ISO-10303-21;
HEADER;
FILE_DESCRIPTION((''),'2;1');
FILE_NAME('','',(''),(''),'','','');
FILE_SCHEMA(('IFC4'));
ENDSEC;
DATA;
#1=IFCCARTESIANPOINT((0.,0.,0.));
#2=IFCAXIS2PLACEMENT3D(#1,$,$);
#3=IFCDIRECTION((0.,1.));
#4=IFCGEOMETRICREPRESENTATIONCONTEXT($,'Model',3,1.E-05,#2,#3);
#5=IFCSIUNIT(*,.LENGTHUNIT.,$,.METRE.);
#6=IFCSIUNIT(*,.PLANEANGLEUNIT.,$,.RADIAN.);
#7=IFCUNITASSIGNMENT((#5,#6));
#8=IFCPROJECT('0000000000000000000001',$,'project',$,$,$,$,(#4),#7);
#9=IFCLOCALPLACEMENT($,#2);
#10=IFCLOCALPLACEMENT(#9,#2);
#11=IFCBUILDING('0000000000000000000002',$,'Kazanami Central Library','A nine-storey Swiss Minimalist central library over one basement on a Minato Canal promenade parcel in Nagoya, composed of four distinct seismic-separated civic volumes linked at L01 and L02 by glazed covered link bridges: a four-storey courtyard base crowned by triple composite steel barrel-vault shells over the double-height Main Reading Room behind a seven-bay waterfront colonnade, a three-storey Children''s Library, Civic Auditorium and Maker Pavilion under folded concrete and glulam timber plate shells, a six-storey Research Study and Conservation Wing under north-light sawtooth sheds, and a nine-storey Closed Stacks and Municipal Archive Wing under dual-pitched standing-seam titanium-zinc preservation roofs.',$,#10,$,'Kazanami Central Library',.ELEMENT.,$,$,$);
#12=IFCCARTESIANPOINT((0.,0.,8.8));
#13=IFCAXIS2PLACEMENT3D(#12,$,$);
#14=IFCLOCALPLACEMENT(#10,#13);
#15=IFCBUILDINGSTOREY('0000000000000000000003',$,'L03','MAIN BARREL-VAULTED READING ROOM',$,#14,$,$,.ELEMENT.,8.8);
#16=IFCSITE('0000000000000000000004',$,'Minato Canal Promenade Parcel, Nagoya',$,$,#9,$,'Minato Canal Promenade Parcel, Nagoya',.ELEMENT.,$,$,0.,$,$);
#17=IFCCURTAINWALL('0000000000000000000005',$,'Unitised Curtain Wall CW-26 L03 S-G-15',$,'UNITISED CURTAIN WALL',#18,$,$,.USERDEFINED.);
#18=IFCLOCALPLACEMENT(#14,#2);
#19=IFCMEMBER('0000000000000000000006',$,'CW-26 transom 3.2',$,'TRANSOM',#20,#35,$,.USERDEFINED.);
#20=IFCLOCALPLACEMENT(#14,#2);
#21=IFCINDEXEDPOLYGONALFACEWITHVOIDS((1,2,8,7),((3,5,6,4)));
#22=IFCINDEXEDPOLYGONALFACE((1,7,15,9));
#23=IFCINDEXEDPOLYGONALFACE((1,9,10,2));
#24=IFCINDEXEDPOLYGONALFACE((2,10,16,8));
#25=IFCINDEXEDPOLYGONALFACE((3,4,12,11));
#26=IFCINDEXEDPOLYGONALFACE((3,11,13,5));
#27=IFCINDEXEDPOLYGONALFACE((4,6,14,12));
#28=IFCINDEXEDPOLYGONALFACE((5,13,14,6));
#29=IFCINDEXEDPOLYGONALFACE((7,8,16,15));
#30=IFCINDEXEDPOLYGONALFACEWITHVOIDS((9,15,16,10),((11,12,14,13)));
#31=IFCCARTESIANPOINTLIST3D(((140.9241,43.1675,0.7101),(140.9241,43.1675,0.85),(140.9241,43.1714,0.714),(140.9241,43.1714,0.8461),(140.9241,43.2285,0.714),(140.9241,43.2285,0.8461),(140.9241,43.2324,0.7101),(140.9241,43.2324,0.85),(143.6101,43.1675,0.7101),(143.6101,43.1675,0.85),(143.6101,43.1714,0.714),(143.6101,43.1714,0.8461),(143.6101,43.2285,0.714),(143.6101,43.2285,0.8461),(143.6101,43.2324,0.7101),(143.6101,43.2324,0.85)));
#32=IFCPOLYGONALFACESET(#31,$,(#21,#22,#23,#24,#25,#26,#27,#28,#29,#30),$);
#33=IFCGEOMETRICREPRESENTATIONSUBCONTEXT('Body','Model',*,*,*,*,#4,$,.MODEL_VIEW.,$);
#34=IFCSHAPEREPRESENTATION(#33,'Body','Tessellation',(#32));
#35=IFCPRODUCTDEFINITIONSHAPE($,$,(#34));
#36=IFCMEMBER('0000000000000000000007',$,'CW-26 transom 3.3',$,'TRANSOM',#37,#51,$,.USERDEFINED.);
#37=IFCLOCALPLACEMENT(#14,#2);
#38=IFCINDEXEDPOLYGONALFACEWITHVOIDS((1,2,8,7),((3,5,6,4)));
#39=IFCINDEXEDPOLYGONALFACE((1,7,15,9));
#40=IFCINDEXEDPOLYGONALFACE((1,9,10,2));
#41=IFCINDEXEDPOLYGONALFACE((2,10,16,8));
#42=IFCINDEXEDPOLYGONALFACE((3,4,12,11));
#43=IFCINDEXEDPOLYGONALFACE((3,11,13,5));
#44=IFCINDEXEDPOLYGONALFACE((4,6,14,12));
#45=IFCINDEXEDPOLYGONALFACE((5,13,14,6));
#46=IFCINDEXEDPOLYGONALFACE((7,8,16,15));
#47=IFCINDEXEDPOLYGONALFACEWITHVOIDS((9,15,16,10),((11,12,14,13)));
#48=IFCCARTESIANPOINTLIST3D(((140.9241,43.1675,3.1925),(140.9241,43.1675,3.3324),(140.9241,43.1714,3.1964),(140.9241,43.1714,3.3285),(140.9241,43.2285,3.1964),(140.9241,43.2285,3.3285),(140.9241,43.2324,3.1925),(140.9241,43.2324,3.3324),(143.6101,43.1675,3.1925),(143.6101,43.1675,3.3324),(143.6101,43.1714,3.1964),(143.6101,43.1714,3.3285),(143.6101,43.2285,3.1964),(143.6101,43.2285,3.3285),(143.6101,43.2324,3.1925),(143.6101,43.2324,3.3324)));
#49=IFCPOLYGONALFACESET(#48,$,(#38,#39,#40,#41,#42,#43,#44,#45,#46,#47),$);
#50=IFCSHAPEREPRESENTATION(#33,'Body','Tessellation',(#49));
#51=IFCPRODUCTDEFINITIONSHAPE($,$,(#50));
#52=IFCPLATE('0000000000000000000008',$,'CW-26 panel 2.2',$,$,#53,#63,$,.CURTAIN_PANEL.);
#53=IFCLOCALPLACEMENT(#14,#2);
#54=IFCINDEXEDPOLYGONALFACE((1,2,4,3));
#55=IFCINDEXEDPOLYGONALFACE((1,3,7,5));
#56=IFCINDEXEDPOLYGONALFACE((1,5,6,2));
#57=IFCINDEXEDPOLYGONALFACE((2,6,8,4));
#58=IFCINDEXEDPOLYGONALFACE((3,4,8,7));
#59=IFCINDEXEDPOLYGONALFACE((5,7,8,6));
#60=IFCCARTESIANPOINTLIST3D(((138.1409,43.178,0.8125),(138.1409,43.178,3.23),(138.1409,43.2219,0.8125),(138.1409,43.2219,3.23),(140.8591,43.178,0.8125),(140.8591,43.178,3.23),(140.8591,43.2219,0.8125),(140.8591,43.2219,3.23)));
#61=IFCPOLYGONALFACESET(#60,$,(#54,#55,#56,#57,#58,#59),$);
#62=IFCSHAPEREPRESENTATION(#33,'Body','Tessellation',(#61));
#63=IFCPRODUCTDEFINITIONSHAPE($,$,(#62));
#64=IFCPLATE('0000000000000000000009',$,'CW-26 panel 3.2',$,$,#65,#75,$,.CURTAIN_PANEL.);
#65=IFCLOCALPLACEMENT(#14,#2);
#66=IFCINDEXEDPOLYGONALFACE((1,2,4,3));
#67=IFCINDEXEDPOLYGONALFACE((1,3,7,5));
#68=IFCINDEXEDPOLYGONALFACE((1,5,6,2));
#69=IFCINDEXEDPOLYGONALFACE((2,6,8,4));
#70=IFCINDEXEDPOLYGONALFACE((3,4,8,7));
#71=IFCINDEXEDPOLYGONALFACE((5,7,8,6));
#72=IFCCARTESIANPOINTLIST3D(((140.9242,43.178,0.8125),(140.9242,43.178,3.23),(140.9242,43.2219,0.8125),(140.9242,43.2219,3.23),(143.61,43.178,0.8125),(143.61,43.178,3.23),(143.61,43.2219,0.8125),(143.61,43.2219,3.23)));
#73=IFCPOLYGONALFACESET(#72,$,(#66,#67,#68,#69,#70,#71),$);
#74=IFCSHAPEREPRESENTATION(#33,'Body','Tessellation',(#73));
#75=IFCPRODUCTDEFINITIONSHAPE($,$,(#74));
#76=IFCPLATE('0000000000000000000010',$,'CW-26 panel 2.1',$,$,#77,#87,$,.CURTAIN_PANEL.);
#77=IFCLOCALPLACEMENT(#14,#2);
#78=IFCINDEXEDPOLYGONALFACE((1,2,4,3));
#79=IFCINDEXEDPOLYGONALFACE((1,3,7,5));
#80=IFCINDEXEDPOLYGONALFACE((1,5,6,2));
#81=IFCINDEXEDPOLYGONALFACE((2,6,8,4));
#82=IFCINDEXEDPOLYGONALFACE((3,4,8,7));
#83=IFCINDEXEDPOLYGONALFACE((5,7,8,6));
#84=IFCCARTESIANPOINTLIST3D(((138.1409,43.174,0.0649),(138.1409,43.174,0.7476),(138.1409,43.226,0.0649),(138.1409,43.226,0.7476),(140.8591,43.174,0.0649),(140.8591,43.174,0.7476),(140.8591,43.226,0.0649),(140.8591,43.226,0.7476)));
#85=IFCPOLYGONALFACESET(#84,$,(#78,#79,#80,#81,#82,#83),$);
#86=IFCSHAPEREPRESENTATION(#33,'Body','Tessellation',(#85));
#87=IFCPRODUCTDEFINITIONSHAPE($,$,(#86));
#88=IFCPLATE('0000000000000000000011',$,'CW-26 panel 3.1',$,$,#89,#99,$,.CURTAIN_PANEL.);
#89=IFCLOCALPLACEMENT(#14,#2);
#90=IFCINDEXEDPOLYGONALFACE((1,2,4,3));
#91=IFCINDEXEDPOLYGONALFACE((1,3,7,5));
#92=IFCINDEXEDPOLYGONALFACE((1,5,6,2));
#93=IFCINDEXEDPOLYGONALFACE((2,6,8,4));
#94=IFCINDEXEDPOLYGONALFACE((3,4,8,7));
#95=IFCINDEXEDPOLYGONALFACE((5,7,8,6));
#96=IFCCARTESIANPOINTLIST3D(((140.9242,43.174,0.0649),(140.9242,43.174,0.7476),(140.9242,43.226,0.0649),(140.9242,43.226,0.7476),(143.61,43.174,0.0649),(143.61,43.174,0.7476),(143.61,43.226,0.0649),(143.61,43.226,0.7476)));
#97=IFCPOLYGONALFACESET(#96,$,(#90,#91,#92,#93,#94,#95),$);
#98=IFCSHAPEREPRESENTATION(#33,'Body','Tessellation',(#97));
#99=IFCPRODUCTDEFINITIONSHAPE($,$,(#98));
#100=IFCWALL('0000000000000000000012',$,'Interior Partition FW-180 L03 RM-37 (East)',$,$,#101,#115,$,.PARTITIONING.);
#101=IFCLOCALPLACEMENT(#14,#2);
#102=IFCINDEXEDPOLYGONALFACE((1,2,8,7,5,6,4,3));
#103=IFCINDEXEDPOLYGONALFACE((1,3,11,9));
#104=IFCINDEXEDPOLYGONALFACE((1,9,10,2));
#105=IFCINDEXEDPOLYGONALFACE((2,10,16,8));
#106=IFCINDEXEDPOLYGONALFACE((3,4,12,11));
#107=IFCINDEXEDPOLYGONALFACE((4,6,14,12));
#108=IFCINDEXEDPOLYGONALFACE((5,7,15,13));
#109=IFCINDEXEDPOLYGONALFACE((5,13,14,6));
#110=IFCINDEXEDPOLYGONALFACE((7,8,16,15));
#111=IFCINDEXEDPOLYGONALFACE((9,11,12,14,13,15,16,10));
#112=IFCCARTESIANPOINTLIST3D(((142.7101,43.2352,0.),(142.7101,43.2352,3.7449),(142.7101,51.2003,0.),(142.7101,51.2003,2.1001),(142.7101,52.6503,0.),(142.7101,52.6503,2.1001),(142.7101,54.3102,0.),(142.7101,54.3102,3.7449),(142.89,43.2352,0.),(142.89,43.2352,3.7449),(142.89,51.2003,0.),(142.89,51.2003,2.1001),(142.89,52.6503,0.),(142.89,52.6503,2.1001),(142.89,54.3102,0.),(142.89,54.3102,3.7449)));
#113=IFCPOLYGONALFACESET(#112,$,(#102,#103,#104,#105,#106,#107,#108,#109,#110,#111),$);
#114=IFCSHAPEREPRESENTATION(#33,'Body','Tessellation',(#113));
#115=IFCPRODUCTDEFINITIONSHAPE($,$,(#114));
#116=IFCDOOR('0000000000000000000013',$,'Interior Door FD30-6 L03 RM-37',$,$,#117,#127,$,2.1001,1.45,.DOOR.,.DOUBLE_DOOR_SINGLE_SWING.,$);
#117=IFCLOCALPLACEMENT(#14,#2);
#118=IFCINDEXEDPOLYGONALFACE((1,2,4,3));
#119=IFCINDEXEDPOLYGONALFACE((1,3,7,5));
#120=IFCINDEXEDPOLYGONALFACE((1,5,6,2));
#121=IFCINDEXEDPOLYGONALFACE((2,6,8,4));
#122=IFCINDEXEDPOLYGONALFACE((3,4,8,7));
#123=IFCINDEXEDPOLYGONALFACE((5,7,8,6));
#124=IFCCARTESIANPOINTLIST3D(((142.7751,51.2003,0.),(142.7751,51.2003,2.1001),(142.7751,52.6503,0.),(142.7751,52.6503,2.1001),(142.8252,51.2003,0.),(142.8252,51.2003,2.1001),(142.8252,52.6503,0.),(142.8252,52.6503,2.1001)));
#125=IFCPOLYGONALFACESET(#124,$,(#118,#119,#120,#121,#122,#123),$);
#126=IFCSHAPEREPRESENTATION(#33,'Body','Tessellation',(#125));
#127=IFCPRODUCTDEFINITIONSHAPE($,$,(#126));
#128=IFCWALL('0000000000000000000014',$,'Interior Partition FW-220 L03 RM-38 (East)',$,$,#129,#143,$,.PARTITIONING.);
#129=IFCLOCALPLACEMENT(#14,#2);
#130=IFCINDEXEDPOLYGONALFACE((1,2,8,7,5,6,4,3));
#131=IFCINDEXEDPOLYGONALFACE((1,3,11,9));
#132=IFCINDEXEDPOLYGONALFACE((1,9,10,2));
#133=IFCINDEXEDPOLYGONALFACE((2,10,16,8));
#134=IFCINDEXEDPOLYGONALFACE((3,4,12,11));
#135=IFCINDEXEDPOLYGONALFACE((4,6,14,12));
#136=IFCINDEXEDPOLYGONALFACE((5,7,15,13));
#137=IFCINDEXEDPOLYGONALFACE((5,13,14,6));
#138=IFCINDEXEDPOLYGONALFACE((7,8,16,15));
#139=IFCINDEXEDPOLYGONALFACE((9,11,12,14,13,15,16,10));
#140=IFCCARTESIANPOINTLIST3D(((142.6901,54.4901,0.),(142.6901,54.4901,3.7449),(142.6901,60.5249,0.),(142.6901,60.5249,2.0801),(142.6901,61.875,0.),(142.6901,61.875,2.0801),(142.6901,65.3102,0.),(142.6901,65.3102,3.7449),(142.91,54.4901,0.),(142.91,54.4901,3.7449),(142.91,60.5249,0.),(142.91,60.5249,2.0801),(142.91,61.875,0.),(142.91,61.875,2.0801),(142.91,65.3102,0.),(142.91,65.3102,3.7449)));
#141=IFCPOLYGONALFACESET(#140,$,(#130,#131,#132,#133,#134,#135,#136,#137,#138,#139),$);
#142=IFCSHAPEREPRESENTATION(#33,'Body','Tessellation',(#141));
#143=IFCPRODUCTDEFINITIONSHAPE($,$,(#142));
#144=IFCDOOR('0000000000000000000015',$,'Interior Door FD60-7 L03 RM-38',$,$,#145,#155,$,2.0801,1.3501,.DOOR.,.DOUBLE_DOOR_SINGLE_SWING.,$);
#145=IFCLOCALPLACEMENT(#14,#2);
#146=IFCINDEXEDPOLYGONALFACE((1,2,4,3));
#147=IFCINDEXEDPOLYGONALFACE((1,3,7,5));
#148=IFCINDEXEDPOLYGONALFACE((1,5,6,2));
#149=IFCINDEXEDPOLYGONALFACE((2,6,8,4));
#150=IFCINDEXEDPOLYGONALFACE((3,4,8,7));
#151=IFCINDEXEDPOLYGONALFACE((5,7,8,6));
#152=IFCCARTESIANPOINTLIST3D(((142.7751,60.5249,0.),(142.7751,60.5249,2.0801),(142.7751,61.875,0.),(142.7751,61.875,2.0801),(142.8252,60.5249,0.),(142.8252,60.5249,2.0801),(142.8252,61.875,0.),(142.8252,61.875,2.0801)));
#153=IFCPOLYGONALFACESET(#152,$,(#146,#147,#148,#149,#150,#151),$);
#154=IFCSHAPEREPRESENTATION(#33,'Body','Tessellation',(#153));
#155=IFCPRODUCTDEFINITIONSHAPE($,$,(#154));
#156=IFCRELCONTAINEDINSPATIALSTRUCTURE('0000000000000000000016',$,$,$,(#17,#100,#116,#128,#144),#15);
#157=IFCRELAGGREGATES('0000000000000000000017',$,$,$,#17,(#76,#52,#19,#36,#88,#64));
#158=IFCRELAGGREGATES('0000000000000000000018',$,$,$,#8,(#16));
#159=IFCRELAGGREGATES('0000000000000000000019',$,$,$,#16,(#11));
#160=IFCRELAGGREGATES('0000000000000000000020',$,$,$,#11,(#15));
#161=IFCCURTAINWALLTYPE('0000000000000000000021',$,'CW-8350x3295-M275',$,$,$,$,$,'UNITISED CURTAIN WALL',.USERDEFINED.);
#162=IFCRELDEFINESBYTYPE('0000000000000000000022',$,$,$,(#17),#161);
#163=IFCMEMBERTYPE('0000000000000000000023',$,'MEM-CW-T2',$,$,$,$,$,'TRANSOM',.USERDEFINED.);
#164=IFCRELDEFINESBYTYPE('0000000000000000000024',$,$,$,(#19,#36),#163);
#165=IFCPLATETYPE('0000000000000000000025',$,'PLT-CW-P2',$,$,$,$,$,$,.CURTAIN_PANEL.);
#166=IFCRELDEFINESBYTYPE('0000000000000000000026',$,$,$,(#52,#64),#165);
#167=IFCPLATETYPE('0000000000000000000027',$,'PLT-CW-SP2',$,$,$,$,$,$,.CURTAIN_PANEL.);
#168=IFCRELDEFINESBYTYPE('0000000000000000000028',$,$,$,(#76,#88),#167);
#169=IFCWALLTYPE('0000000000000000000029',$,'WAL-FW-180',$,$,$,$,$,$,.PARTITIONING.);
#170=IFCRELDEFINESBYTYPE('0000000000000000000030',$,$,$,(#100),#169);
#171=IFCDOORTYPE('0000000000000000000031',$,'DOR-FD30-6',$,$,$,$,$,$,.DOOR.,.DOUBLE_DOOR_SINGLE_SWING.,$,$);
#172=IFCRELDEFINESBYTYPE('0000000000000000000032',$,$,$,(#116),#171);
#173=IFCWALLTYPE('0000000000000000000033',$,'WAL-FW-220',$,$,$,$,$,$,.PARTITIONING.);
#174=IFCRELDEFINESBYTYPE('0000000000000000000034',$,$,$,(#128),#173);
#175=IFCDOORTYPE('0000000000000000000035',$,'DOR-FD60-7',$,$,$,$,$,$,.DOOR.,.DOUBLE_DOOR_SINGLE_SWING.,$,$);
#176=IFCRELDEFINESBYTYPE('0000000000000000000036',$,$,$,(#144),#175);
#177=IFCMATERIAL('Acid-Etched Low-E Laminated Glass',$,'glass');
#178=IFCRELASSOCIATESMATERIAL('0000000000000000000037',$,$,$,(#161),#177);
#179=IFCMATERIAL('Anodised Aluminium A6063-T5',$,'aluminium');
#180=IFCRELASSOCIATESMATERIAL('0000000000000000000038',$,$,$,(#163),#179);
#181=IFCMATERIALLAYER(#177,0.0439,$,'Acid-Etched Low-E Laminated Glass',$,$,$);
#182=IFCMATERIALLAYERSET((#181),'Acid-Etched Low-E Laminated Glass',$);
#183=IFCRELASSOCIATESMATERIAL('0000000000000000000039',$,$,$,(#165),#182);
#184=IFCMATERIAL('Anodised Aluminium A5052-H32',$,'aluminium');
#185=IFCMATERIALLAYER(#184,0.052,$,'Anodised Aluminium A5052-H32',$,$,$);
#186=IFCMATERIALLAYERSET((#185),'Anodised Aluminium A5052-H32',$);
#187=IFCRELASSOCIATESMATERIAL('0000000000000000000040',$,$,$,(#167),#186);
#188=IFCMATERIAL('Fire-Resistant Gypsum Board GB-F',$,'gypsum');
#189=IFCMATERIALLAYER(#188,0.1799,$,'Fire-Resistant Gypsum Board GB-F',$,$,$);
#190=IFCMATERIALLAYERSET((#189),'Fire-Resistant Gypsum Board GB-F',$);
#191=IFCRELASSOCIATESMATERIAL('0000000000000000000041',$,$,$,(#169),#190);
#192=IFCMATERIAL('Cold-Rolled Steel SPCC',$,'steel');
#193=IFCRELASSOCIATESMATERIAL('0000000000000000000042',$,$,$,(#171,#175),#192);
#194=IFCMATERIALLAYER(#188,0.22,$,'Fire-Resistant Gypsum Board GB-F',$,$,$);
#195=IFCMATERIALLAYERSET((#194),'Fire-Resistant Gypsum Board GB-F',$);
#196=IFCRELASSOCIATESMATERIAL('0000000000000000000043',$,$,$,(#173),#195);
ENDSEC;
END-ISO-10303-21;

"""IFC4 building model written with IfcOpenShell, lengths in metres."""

from ifc_helpers import new_model, si_unit, direction, frame, frame_2d, origin, origin_2d, place, context, subcontext, project, spatial, rectangle, hollow_rectangle, extrude, material, layer, layer_set, material_profile, profile_set, type_object, element, fill, aggregate, save


model = new_model("IFC4")

# Units and contexts
model_context = context("Model", 3, precision=1e-05, world=origin(), true_north=direction((0.0, 1.0)))
body_context = subcontext(model_context, "Body", "Model", "MODEL_VIEW")
ifc_project = project(units=[si_unit("LENGTHUNIT", "METRE"), si_unit("PLANEANGLEUNIT", "RADIAN")], contexts=[model_context])

# Site, building, storey
site_placement = place(None, origin())
site = spatial("IfcSite", under=ifc_project, at=site_placement, Name="Minato Canal Promenade Parcel, Nagoya", LongName="Minato Canal Promenade Parcel, Nagoya", CompositionType="ELEMENT", RefElevation=0.0)
building_placement = place(site_placement, origin())
building = spatial("IfcBuilding", under=site, at=building_placement, Name="Kazanami Central Library", Description="A nine-storey Swiss Minimalist central library over one basement on a Minato Canal promenade parcel in Nagoya, composed of four distinct seismic-separated civic volumes linked at L01 and L02 by glazed covered link bridges: a four-storey courtyard base crowned by triple composite steel barrel-vault shells over the double-height Main Reading Room behind a seven-bay waterfront colonnade, a three-storey Children's Library, Civic Auditorium and Maker Pavilion under folded concrete and glulam timber plate shells, a six-storey Research Study and Conservation Wing under north-light sawtooth sheds, and a nine-storey Closed Stacks and Municipal Archive Wing under dual-pitched standing-seam titanium-zinc preservation roofs.", LongName="Kazanami Central Library", CompositionType="ELEMENT")
storey_placement = place(building_placement, frame((0.0, 0.0, 8.8)))
storey = spatial("IfcBuildingStorey", under=building, at=storey_placement, Name="L03", Description="MAIN BARREL-VAULTED READING ROOM", CompositionType="ELEMENT", Elevation=8.8)

# Curtain wall, members, plates
ifc_material_1 = material(Name="Acid-Etched Low-E Laminated Glass", Category="glass")
curtain_wall_type = type_object("IfcCurtainWallType", Name="CW-8350x3295-M275", ElementType="UNITISED CURTAIN WALL", PredefinedType="USERDEFINED", material=ifc_material_1)
curtain_wall_placement = place(storey_placement, origin())
curtain_wall = element("IfcCurtainWall", 1, at=curtain_wall_placement, inside=storey, type_object=curtain_wall_type, Name="Unitised Curtain Wall CW-26 L03 S-G-15", ObjectType="UNITISED CURTAIN WALL", PredefinedType="USERDEFINED")
ifc_material_2 = material(Name="Anodised Aluminium A6063-T5", Category="aluminium")
ifc_material_profile_1 = material_profile(ifc_material_2, hollow_rectangle(XDim=0.0649, YDim=0.1399, WallThickness=0.0039, at=origin_2d()), Name="ALU-TRAN-65x140x4")
ifc_profile_set_1 = profile_set([ifc_material_profile_1], Name="Anodised Aluminium A6063-T5")
member_type_1 = type_object("IfcMemberType", Name="MEM-CW-T2", ElementType="TRANSOM", PredefinedType="USERDEFINED", material=ifc_profile_set_1)
member_1_placement = place(storey_placement, frame((140.9241, 43.2, 0.78), z_axis=(1.0, 0.0, 0.0), x_axis=(0.0, 1.0, 0.0)))
member_1 = element("IfcMember", 2, at=member_1_placement, type_object=member_type_1, Name="CW-26 transom 3.2", ObjectType="TRANSOM", PredefinedType="USERDEFINED", context=body_context, shape_type="SweptSolid", body=[
    extrude(hollow_rectangle(XDim=0.0649, YDim=0.1399, WallThickness=0.0039, at=origin_2d()), origin(), (0.0, 0.0, 1.0), 2.686),
])
member_2_placement = place(storey_placement, frame((140.9241, 43.2, 3.2625), z_axis=(1.0, 0.0, 0.0), x_axis=(0.0, 1.0, 0.0)))
member_2 = element("IfcMember", 3, at=member_2_placement, type_object=member_type_1, Name="CW-26 transom 3.3", ObjectType="TRANSOM", PredefinedType="USERDEFINED", context=body_context, shape_type="SweptSolid", body=[
    extrude(hollow_rectangle(XDim=0.0649, YDim=0.1399, WallThickness=0.0039, at=origin_2d()), origin(), (0.0, 0.0, 1.0), 2.686),
])
ifc_layer_1 = layer(ifc_material_1, 0.0439, Name="Acid-Etched Low-E Laminated Glass")
ifc_layer_set_1 = layer_set([ifc_layer_1], Name="Acid-Etched Low-E Laminated Glass")
plate_type_1 = type_object("IfcPlateType", Name="PLT-CW-P2", PredefinedType="CURTAIN_PANEL", material=ifc_layer_set_1)
plate_1_placement = place(storey_placement, frame((139.5, 43.2, 0.8125), z_axis=(0.0, 0.0, 1.0), x_axis=(1.0, 0.0, 0.0)))
plate_1 = element("IfcPlate", 4, at=plate_1_placement, type_object=plate_type_1, Name="CW-26 panel 2.2", PredefinedType="CURTAIN_PANEL", context=body_context, shape_type="SweptSolid", body=[
    extrude(rectangle(XDim=2.7183, YDim=0.0439, at=origin_2d()), origin(), (0.0, 0.0, 1.0), 2.4175),
])
plate_2_placement = place(storey_placement, frame((142.2671, 43.2, 0.8125), z_axis=(0.0, 0.0, 1.0), x_axis=(1.0, 0.0, 0.0)))
plate_2 = element("IfcPlate", 5, at=plate_2_placement, type_object=plate_type_1, Name="CW-26 panel 3.2", PredefinedType="CURTAIN_PANEL", context=body_context, shape_type="SweptSolid", body=[
    extrude(rectangle(XDim=2.6858, YDim=0.0439, at=origin_2d()), origin(), (0.0, 0.0, 1.0), 2.4175),
])
ifc_material_3 = material(Name="Anodised Aluminium A5052-H32", Category="aluminium")
ifc_layer_2 = layer(ifc_material_3, 0.052, Name="Anodised Aluminium A5052-H32")
ifc_layer_set_2 = layer_set([ifc_layer_2], Name="Anodised Aluminium A5052-H32")
plate_type_2 = type_object("IfcPlateType", Name="PLT-CW-SP2", PredefinedType="CURTAIN_PANEL", material=ifc_layer_set_2)
plate_3_placement = place(storey_placement, frame((139.5, 43.2, 0.0649), z_axis=(0.0, 0.0, 1.0), x_axis=(1.0, 0.0, 0.0)))
plate_3 = element("IfcPlate", 6, at=plate_3_placement, type_object=plate_type_2, Name="CW-26 panel 2.1", PredefinedType="CURTAIN_PANEL", context=body_context, shape_type="SweptSolid", body=[
    extrude(rectangle(XDim=2.7183, YDim=0.052, at=origin_2d()), origin(), (0.0, 0.0, 1.0), 0.6826),
])
plate_4_placement = place(storey_placement, frame((142.2671, 43.2, 0.0649), z_axis=(0.0, 0.0, 1.0), x_axis=(1.0, 0.0, 0.0)))
plate_4 = element("IfcPlate", 7, at=plate_4_placement, type_object=plate_type_2, Name="CW-26 panel 3.1", PredefinedType="CURTAIN_PANEL", context=body_context, shape_type="SweptSolid", body=[
    extrude(rectangle(XDim=2.6858, YDim=0.052, at=origin_2d()), origin(), (0.0, 0.0, 1.0), 0.6826),
])
aggregate(curtain_wall, [plate_3, plate_1, member_1, member_2, plate_4, plate_2])

# Walls, openings, doors
ifc_material_4 = material(Name="Fire-Resistant Gypsum Board GB-F", Category="gypsum")
ifc_layer_3 = layer(ifc_material_4, 0.1799, Name="Fire-Resistant Gypsum Board GB-F")
ifc_layer_set_3 = layer_set([ifc_layer_3], Name="Fire-Resistant Gypsum Board GB-F")
wall_type_1 = type_object("IfcWallType", Name="WAL-FW-180", PredefinedType="PARTITIONING", material=ifc_layer_set_3)
wall_1_placement = place(storey_placement, frame((142.8, 43.2351, 0.0), z_axis=(0.0, 0.0, 1.0), x_axis=(0.0, 1.0, 0.0)))
wall_1 = element("IfcWall", 8, at=wall_1_placement, inside=storey, type_object=wall_type_1, Name="Interior Partition FW-180 L03 RM-37 (East)", PredefinedType="PARTITIONING", context=body_context, shape_type="SweptSolid", body=[
    extrude(rectangle(XDim=11.075, YDim=0.1799, at=frame_2d((5.5376, 0.0))), origin(), (0.0, 0.0, 1.0), 3.7449),
])
opening_1_placement = place(wall_1_placement, frame((7.9651, 0.0, 0.0)))
opening_1 = element("IfcOpeningElement", 9, at=opening_1_placement, cuts=wall_1, PredefinedType="OPENING", context=body_context, shape_type="SweptSolid", body=[
    extrude(rectangle(XDim=1.45, YDim=2.1001, at=frame_2d((0.7251, 1.05))), frame((0.0, 0.1021, 0.0), z_axis=(0.0, -1.0, 0.0), x_axis=(1.0, 0.0, 0.0)), (0.0, 0.0, 1.0), 0.2039),
])
ifc_material_5 = material(Name="Cold-Rolled Steel SPCC", Category="steel")
door_type_1 = type_object("IfcDoorType", Name="DOR-FD30-6", OperationType="DOUBLE_DOOR_SINGLE_SWING", PredefinedType="DOOR", material=ifc_material_5)
door_1_placement = place(opening_1_placement, origin())
door_1 = element("IfcDoor", 10, at=door_1_placement, inside=storey, type_object=door_type_1, Name="Interior Door FD30-6 L03 RM-37", OperationType="DOUBLE_DOOR_SINGLE_SWING", OverallHeight=2.1001, OverallWidth=1.45, PredefinedType="DOOR", context=body_context, shape_type="SweptSolid", body=[
    extrude(rectangle(XDim=1.45, YDim=2.1001, at=frame_2d((0.7251, 1.05))), frame((0.0, 0.0249, 0.0), z_axis=(0.0, -1.0, 0.0), x_axis=(1.0, 0.0, 0.0)), (0.0, 0.0, 1.0), 0.05),
])
fill(opening_1, door_1)
ifc_layer_4 = layer(ifc_material_4, 0.22, Name="Fire-Resistant Gypsum Board GB-F")
ifc_layer_set_4 = layer_set([ifc_layer_4], Name="Fire-Resistant Gypsum Board GB-F")
wall_type_2 = type_object("IfcWallType", Name="WAL-FW-220", PredefinedType="PARTITIONING", material=ifc_layer_set_4)
wall_2_placement = place(storey_placement, frame((142.8, 54.49, 0.0), z_axis=(0.0, 0.0, 1.0), x_axis=(0.0, 1.0, 0.0)))
wall_2 = element("IfcWall", 11, at=wall_2_placement, inside=storey, type_object=wall_type_2, Name="Interior Partition FW-220 L03 RM-38 (East)", PredefinedType="PARTITIONING", context=body_context, shape_type="SweptSolid", body=[
    extrude(rectangle(XDim=10.8201, YDim=0.22, at=frame_2d((5.4102, 0.0))), origin(), (0.0, 0.0, 1.0), 3.7449),
])
opening_2_placement = place(wall_2_placement, frame((6.0349, 0.0, 0.0)))
opening_2 = element("IfcOpeningElement", 12, at=opening_2_placement, cuts=wall_2, PredefinedType="OPENING", context=body_context, shape_type="SweptSolid", body=[
    extrude(rectangle(XDim=1.3501, YDim=2.0801, at=frame_2d((0.675, 1.04))), frame((0.0, 0.1221, 0.0), z_axis=(0.0, -1.0, 0.0), x_axis=(1.0, 0.0, 0.0)), (0.0, 0.0, 1.0), 0.2439),
])
door_type_2 = type_object("IfcDoorType", Name="DOR-FD60-7", OperationType="DOUBLE_DOOR_SINGLE_SWING", PredefinedType="DOOR", material=ifc_material_5)
door_2_placement = place(opening_2_placement, origin())
door_2 = element("IfcDoor", 13, at=door_2_placement, inside=storey, type_object=door_type_2, Name="Interior Door FD60-7 L03 RM-38", OperationType="DOUBLE_DOOR_SINGLE_SWING", OverallHeight=2.0801, OverallWidth=1.3501, PredefinedType="DOOR", context=body_context, shape_type="SweptSolid", body=[
    extrude(rectangle(XDim=1.3501, YDim=2.0801, at=frame_2d((0.675, 1.04))), frame((0.0, 0.0249, 0.0), z_axis=(0.0, -1.0, 0.0), x_axis=(1.0, 0.0, 0.0)), (0.0, 0.0, 1.0), 0.05),
])
fill(opening_2, door_2)

save(model, "model.ifc")
